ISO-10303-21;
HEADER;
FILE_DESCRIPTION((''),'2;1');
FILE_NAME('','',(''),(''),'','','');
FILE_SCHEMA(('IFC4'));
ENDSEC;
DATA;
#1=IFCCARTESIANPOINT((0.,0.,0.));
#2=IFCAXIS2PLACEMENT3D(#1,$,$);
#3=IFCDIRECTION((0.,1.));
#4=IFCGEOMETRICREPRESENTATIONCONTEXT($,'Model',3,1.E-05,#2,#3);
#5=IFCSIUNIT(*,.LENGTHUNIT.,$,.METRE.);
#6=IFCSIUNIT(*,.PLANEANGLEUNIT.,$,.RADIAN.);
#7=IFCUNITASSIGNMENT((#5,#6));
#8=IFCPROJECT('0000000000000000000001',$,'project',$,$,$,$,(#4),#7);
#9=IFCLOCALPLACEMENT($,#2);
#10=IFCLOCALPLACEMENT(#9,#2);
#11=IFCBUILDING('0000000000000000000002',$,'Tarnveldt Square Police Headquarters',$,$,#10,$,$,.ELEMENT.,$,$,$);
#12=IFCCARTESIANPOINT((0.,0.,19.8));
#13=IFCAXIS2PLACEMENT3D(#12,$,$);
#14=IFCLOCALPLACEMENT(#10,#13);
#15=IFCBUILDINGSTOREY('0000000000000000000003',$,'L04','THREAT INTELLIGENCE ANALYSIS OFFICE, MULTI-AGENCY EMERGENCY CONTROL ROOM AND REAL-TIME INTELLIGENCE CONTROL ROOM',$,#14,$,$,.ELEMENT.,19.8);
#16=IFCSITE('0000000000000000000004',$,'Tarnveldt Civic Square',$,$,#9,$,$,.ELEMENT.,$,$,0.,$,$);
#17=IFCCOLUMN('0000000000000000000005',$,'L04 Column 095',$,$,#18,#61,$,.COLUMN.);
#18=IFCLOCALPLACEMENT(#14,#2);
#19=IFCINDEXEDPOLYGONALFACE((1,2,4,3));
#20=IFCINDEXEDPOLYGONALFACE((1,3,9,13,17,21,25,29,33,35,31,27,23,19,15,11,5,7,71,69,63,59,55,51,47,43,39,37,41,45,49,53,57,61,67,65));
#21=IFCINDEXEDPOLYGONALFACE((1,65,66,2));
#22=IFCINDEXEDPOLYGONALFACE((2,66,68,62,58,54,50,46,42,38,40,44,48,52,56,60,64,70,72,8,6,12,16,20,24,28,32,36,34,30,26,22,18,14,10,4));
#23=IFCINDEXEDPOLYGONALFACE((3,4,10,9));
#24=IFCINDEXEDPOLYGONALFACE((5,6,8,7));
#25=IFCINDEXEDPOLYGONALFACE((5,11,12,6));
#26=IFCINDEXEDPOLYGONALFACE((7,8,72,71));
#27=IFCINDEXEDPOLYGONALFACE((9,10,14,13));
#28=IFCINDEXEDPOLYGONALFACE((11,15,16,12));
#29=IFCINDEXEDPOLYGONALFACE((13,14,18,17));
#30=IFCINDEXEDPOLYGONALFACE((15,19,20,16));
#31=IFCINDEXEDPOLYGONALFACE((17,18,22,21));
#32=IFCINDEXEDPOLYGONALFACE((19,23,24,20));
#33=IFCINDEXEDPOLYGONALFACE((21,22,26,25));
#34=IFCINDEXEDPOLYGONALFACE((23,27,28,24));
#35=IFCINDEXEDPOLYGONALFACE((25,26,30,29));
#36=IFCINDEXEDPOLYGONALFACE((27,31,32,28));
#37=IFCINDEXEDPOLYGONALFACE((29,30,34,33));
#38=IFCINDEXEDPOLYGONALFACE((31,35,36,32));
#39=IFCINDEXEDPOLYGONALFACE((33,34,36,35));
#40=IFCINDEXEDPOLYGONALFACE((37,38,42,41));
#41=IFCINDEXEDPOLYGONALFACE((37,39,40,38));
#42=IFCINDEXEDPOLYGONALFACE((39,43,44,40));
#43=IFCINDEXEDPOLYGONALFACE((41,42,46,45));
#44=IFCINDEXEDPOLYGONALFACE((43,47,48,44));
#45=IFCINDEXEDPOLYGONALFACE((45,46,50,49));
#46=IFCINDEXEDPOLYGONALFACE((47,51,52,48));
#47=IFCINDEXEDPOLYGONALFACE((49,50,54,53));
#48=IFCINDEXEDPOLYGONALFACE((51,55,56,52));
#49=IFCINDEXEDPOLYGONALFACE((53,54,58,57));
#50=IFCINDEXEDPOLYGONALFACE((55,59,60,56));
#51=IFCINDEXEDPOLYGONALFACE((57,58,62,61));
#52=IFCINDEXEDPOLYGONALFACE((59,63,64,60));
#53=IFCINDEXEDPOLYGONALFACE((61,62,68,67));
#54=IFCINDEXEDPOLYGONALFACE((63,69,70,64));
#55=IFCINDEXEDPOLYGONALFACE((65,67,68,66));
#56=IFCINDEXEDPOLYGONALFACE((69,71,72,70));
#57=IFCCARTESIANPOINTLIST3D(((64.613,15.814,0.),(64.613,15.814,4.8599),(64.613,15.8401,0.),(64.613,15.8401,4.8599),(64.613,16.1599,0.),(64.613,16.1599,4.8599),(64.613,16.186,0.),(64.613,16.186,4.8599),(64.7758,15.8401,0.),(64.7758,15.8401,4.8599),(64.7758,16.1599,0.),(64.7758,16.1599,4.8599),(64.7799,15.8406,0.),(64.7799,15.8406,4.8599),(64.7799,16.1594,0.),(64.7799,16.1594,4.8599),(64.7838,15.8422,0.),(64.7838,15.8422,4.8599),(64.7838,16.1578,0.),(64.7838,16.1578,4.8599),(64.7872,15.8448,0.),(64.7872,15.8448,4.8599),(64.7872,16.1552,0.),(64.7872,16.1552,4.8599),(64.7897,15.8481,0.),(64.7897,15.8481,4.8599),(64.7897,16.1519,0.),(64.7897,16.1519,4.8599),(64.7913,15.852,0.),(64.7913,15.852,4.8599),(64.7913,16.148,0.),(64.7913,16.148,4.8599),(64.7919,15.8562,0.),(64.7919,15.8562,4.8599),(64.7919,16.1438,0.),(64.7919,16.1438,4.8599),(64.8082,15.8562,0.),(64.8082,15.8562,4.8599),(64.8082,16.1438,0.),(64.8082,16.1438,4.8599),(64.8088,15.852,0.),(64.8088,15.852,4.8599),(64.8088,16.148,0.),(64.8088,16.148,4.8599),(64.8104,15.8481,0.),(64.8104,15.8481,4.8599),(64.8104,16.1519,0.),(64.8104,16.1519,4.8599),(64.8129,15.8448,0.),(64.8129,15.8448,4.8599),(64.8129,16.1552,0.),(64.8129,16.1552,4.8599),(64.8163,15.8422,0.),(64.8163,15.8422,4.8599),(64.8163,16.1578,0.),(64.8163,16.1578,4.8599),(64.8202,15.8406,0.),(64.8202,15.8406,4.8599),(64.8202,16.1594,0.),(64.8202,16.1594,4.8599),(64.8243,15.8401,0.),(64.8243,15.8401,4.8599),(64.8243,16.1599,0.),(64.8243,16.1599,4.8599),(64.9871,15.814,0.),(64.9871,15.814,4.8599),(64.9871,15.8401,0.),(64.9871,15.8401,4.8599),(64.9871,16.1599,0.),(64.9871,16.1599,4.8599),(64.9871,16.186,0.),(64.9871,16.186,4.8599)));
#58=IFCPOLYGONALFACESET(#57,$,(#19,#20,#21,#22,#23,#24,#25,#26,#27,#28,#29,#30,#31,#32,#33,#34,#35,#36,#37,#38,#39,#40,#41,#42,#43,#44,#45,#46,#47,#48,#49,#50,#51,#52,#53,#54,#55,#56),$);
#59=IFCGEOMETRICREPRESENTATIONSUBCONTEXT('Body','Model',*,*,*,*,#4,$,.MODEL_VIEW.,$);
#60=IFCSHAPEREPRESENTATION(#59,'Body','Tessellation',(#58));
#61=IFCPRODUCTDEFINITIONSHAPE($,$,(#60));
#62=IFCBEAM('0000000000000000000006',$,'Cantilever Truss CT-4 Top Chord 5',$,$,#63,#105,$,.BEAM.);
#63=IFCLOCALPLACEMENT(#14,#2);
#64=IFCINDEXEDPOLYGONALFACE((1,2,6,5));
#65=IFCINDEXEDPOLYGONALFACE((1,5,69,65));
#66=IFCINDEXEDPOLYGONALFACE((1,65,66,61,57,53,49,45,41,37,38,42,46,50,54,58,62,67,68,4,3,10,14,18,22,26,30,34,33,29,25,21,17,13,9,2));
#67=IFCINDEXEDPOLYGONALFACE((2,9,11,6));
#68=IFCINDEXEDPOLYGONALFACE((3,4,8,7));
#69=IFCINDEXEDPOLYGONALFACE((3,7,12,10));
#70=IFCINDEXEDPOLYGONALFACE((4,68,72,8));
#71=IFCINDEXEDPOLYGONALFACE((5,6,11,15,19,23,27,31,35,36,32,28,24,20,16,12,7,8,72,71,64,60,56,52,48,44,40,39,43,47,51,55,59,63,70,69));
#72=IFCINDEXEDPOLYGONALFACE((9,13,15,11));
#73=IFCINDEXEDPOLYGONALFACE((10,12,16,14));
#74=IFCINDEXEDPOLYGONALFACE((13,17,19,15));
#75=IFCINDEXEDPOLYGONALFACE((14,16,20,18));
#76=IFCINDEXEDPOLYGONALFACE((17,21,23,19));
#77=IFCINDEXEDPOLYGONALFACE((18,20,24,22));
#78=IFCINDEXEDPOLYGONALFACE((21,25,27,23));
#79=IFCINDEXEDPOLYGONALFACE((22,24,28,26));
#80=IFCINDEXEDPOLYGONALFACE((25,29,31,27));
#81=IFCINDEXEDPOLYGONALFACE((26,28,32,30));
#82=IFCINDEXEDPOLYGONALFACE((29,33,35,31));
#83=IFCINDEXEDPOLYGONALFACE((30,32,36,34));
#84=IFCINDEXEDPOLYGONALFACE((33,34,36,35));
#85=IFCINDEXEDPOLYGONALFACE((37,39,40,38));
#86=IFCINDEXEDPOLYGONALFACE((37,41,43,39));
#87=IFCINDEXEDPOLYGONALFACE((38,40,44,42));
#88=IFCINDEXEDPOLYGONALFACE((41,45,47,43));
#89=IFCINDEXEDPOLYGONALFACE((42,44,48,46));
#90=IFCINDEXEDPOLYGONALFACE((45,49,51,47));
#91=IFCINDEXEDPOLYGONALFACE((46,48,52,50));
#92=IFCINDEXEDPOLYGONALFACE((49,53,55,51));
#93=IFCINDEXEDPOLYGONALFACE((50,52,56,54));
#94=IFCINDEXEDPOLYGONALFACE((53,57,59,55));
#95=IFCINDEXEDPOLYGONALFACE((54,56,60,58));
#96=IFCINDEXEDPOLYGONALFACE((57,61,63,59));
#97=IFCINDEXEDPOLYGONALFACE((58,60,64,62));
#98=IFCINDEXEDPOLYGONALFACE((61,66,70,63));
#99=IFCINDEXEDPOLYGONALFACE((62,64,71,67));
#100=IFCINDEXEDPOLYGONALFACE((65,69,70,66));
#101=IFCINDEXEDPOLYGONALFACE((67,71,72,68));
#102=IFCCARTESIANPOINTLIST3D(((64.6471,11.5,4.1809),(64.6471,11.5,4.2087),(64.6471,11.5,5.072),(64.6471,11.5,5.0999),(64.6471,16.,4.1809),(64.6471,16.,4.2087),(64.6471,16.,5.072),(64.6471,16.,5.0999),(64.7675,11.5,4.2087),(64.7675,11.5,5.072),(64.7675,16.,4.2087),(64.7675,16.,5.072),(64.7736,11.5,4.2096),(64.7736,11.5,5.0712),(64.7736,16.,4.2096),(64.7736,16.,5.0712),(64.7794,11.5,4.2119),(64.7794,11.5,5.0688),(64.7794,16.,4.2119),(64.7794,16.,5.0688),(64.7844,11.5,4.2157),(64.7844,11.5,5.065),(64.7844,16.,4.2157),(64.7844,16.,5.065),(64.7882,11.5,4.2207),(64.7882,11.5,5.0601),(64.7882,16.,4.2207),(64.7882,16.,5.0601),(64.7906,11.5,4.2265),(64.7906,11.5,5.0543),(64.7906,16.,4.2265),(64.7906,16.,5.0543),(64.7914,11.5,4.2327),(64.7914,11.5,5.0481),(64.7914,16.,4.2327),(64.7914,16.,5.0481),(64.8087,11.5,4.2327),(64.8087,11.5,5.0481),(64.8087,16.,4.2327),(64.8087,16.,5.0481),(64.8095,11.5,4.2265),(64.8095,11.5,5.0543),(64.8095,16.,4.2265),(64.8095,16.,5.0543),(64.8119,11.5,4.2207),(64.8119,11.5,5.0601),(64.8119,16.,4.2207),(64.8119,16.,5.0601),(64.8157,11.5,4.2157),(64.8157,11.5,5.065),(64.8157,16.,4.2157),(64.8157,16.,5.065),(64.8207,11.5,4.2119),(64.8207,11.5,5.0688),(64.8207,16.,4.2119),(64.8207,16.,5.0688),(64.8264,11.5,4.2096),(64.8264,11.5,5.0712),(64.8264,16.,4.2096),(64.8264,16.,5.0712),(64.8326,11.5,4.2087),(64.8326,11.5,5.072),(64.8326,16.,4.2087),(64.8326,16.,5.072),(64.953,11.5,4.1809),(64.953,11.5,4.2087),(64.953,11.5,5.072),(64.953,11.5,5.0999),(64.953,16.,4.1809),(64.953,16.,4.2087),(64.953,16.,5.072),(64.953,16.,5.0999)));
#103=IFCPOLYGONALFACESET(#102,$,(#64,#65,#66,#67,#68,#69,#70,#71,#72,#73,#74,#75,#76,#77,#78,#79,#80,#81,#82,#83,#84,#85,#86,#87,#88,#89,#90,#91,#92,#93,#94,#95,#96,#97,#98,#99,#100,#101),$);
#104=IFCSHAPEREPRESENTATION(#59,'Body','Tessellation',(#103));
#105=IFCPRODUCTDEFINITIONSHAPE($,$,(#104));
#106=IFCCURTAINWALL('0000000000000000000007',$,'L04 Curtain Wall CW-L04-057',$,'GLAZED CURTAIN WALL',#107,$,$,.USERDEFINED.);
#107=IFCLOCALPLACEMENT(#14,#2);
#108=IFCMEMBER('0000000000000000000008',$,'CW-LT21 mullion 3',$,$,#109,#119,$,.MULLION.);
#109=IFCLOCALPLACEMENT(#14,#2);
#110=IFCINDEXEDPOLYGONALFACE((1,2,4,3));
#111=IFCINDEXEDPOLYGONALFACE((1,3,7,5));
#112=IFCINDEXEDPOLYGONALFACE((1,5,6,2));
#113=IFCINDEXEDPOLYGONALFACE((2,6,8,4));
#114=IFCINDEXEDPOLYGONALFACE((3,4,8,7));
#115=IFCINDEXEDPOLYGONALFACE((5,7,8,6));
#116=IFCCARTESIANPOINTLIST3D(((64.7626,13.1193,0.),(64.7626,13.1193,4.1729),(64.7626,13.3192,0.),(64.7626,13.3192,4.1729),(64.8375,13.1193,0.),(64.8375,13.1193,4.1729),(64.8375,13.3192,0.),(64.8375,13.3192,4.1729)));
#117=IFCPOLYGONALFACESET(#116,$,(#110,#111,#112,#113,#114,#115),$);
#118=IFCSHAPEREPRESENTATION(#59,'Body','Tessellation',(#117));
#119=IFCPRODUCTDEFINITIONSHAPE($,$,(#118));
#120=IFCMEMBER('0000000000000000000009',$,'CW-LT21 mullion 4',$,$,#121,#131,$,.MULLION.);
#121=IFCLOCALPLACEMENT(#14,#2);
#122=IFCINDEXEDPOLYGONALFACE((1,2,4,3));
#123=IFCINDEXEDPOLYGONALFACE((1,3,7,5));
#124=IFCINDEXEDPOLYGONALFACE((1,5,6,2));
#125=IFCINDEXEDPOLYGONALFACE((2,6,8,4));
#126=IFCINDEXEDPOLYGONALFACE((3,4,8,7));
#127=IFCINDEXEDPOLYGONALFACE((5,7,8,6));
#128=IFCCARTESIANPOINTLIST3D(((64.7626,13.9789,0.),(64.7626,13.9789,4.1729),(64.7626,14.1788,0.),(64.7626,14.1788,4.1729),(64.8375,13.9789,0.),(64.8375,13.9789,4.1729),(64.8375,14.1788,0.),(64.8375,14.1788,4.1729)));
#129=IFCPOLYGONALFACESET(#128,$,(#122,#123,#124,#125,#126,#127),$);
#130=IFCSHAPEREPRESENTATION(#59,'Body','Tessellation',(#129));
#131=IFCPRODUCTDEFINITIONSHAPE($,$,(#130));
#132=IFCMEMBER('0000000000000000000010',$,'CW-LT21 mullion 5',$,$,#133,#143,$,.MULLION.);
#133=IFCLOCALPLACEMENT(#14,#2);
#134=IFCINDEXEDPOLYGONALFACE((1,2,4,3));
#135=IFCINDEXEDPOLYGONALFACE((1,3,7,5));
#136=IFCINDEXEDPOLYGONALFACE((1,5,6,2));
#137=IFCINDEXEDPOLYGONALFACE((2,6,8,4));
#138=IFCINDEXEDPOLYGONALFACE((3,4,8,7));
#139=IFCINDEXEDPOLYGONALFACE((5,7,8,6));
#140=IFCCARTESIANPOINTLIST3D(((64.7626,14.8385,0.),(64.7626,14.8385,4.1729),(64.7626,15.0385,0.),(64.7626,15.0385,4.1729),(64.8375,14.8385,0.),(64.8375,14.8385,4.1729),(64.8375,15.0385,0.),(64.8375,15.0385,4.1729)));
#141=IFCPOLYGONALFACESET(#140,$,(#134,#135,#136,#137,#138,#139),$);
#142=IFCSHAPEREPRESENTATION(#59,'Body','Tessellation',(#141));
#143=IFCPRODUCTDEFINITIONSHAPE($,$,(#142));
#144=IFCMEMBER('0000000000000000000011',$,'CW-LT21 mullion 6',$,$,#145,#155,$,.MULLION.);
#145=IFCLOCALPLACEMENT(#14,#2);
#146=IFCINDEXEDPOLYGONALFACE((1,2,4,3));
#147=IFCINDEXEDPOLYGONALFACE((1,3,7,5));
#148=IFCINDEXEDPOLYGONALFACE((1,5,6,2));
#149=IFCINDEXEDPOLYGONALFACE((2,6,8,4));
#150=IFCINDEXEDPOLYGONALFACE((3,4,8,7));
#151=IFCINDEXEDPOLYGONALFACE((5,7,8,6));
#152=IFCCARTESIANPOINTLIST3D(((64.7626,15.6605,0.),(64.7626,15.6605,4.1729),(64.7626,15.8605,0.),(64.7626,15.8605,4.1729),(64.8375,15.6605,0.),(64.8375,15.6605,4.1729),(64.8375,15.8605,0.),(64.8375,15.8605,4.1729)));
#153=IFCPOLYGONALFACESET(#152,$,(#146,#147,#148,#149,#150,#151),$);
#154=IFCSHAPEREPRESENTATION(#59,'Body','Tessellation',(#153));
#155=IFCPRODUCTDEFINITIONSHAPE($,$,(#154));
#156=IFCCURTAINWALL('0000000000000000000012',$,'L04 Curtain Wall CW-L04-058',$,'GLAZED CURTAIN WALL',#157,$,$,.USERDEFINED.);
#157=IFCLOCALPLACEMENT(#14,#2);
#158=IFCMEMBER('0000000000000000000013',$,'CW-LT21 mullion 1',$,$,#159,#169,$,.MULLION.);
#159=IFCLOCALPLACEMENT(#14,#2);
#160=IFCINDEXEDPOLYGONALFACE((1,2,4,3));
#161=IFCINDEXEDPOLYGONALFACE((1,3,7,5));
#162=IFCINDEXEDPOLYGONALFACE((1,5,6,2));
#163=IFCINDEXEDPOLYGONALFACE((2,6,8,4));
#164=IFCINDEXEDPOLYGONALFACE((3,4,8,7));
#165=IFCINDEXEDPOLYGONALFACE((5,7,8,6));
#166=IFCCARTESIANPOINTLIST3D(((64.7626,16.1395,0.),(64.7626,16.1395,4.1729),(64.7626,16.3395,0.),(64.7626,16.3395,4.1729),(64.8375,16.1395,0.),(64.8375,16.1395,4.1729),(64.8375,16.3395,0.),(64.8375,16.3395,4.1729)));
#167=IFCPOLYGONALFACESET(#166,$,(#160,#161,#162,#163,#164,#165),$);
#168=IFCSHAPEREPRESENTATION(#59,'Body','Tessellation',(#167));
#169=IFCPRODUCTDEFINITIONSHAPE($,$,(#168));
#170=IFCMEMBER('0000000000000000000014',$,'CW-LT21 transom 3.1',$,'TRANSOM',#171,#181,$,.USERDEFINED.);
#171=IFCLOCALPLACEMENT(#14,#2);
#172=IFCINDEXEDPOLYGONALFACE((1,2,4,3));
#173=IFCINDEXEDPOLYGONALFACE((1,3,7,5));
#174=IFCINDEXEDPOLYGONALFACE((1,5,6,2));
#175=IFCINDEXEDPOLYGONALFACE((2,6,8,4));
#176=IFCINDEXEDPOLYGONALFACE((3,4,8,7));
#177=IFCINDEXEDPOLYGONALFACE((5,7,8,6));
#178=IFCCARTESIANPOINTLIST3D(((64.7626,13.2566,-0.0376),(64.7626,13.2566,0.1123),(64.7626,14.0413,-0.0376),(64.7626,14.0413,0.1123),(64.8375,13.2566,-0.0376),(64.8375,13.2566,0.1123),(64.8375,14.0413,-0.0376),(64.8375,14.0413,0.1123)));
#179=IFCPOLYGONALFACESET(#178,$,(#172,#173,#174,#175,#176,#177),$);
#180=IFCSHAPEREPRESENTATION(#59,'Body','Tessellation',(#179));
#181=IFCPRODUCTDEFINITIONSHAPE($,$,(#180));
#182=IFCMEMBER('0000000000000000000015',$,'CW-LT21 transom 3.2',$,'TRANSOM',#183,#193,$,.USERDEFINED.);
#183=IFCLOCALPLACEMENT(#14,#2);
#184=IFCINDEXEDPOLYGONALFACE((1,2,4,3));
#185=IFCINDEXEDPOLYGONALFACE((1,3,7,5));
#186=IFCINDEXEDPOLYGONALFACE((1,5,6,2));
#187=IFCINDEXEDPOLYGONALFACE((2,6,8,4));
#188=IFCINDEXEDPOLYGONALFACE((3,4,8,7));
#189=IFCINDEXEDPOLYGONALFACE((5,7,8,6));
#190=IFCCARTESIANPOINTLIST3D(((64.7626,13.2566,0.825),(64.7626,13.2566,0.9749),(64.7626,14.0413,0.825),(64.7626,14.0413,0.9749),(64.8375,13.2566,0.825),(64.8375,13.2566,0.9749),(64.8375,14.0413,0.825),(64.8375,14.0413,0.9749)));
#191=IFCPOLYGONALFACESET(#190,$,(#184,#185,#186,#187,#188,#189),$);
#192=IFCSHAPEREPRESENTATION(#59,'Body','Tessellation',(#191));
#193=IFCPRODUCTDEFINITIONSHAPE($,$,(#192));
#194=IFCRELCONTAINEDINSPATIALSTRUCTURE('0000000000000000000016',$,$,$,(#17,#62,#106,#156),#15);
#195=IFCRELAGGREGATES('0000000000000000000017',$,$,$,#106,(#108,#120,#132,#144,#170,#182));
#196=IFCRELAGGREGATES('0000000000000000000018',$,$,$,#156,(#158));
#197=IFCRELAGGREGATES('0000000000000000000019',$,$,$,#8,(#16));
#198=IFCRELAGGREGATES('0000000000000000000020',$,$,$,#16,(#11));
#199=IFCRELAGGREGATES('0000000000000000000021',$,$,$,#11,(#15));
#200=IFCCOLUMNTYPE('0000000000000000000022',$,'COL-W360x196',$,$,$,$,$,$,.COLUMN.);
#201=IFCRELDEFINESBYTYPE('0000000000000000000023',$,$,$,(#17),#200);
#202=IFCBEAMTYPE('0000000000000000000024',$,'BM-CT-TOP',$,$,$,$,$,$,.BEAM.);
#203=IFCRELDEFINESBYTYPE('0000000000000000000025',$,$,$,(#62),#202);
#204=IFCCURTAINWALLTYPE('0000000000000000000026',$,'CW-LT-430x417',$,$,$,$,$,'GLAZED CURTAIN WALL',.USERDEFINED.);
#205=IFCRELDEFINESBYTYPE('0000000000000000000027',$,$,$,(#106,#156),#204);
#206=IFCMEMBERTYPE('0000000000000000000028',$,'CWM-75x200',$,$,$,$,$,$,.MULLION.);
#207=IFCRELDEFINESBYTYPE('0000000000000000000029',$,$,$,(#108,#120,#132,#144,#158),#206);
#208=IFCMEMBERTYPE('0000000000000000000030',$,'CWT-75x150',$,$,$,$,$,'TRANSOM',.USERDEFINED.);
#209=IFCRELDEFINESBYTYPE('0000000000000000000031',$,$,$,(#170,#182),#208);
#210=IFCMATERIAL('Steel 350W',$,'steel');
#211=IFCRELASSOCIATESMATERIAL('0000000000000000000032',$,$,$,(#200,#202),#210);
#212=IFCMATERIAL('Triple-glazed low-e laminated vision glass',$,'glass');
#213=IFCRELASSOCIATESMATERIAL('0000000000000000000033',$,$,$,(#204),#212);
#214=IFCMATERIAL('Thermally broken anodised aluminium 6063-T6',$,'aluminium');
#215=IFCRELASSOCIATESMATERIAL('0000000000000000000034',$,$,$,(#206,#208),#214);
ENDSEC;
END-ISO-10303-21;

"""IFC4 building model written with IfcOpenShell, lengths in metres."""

from ifc_helpers import new_model, si_unit, direction, frame, origin, origin_2d, place, context, subcontext, project, spatial, rectangle, i_section, extrude, material, material_profile, profile_set, type_object, element, aggregate, save


model = new_model("IFC4")

# Units and contexts
model_context = context("Model", 3, precision=1e-05, world=origin(), true_north=direction((0.0, 1.0)))
body_context = subcontext(model_context, "Body", "Model", "MODEL_VIEW")
ifc_project = project(units=[si_unit("LENGTHUNIT", "METRE"), si_unit("PLANEANGLEUNIT", "RADIAN")], contexts=[model_context])

# Site, building, storey
site_placement = place(None, origin())
site = spatial("IfcSite", under=ifc_project, at=site_placement, Name="Tarnveldt Civic Square", CompositionType="ELEMENT", RefElevation=0.0)
building_placement = place(site_placement, origin())
building = spatial("IfcBuilding", under=site, at=building_placement, Name="Tarnveldt Square Police Headquarters", CompositionType="ELEMENT")
storey_placement = place(building_placement, frame((0.0, 0.0, 19.8)))
storey = spatial("IfcBuildingStorey", under=building, at=storey_placement, Name="L04", Description="THREAT INTELLIGENCE ANALYSIS OFFICE, MULTI-AGENCY EMERGENCY CONTROL ROOM AND REAL-TIME INTELLIGENCE CONTROL ROOM", CompositionType="ELEMENT", Elevation=19.8)

# Column
ifc_material_1 = material(Name="Steel 350W", Category="steel")
ifc_material_profile_1 = material_profile(ifc_material_1, i_section(OverallWidth=0.374, OverallDepth=0.3721, WebThickness=0.0164, FlangeThickness=0.0261, FilletRadius=0.0161, at=origin_2d()), Name="W360x196")
ifc_profile_set_1 = profile_set([ifc_material_profile_1], Name="Steel 350W")
column_type = type_object("IfcColumnType", Name="COL-W360x196", PredefinedType="COLUMN", material=ifc_profile_set_1)
column_placement = place(storey_placement, frame((64.8, 16.0, 0.0), z_axis=(0.0, 0.0, 1.0), x_axis=(1.0, 0.0, 0.0)))
element("IfcColumn", 1, at=column_placement, inside=storey, type_object=column_type, Name="L04 Column 095", PredefinedType="COLUMN", context=body_context, shape_type="SweptSolid", body=[
    extrude(i_section(OverallWidth=0.374, OverallDepth=0.3721, WebThickness=0.0164, FlangeThickness=0.0261, FilletRadius=0.0161, at=origin_2d()), origin(), (0.0, 0.0, 1.0), 4.8599),
])

# Beam
ifc_material_profile_2 = material_profile(ifc_material_1, i_section(OverallWidth=0.3059, OverallDepth=0.9189, WebThickness=0.0173, FlangeThickness=0.0278, FilletRadius=0.0239, at=origin_2d()), Name="W920x253")
ifc_profile_set_2 = profile_set([ifc_material_profile_2], Name="Steel 350W")
beam_type = type_object("IfcBeamType", Name="BM-CT-TOP", PredefinedType="BEAM", material=ifc_profile_set_2)
beam_placement = place(storey_placement, frame((64.8, 16.0, 4.6404), z_axis=(0.0, -1.0, 0.0), x_axis=(1.0, 0.0, 0.0)))
element("IfcBeam", 2, at=beam_placement, inside=storey, type_object=beam_type, Name="Cantilever Truss CT-4 Top Chord 5", PredefinedType="BEAM", context=body_context, shape_type="SweptSolid", body=[
    extrude(i_section(OverallWidth=0.3059, OverallDepth=0.9189, WebThickness=0.0173, FlangeThickness=0.0278, FilletRadius=0.0239, at=origin_2d()), origin(), (0.0, 0.0, 1.0), 4.5),
])

# Curtain wall, members
ifc_material_2 = material(Name="Triple-glazed low-e laminated vision glass", Category="glass")
curtain_wall_type = type_object("IfcCurtainWallType", Name="CW-LT-430x417", ElementType="GLAZED CURTAIN WALL", PredefinedType="USERDEFINED", material=ifc_material_2)
curtain_wall_1_placement = place(storey_placement, origin())
curtain_wall_1 = element("IfcCurtainWall", 3, at=curtain_wall_1_placement, inside=storey, type_object=curtain_wall_type, Name="L04 Curtain Wall CW-L04-057", ObjectType="GLAZED CURTAIN WALL", PredefinedType="USERDEFINED")
ifc_material_3 = material(Name="Thermally broken anodised aluminium 6063-T6", Category="aluminium")
ifc_material_profile_3 = material_profile(ifc_material_3, rectangle(XDim=0.075, YDim=0.2, at=origin_2d()), Name="CW-M75x200")
ifc_profile_set_3 = profile_set([ifc_material_profile_3], Name="Thermally broken anodised aluminium 6063-T6")
member_type_1 = type_object("IfcMemberType", Name="CWM-75x200", PredefinedType="MULLION", material=ifc_profile_set_3)
member_1_placement = place(storey_placement, frame((64.8, 13.2192, 0.0), z_axis=(0.0, 0.0, 1.0), x_axis=(-1.0, 0.0, 0.0)))
member_1 = element("IfcMember", 4, at=member_1_placement, type_object=member_type_1, Name="CW-LT21 mullion 3", PredefinedType="MULLION", context=body_context, shape_type="SweptSolid", body=[
    extrude(rectangle(XDim=0.075, YDim=0.2, at=origin_2d()), origin(), (0.0, 0.0, 1.0), 4.1729),
])
member_2_placement = place(storey_placement, frame((64.8, 14.0789, 0.0), z_axis=(0.0, 0.0, 1.0), x_axis=(-1.0, 0.0, 0.0)))
member_2 = element("IfcMember", 5, at=member_2_placement, type_object=member_type_1, Name="CW-LT21 mullion 4", PredefinedType="MULLION", context=body_context, shape_type="SweptSolid", body=[
    extrude(rectangle(XDim=0.075, YDim=0.2, at=origin_2d()), origin(), (0.0, 0.0, 1.0), 4.1729),
])
member_3_placement = place(storey_placement, frame((64.8, 14.9385, 0.0), z_axis=(0.0, 0.0, 1.0), x_axis=(-1.0, 0.0, 0.0)))
member_3 = element("IfcMember", 6, at=member_3_placement, type_object=member_type_1, Name="CW-LT21 mullion 5", PredefinedType="MULLION", context=body_context, shape_type="SweptSolid", body=[
    extrude(rectangle(XDim=0.075, YDim=0.2, at=origin_2d()), origin(), (0.0, 0.0, 1.0), 4.1729),
])
member_4_placement = place(storey_placement, frame((64.8, 15.7605, 0.0), z_axis=(0.0, 0.0, 1.0), x_axis=(-1.0, 0.0, 0.0)))
member_4 = element("IfcMember", 7, at=member_4_placement, type_object=member_type_1, Name="CW-LT21 mullion 6", PredefinedType="MULLION", context=body_context, shape_type="SweptSolid", body=[
    extrude(rectangle(XDim=0.075, YDim=0.2, at=origin_2d()), origin(), (0.0, 0.0, 1.0), 4.1729),
])

# Curtain wall, member
curtain_wall_2_placement = place(storey_placement, origin())
curtain_wall_2 = element("IfcCurtainWall", 8, at=curtain_wall_2_placement, inside=storey, type_object=curtain_wall_type, Name="L04 Curtain Wall CW-L04-058", ObjectType="GLAZED CURTAIN WALL", PredefinedType="USERDEFINED")
member_5_placement = place(storey_placement, frame((64.8, 16.2395, 0.0), z_axis=(0.0, 0.0, 1.0), x_axis=(-1.0, 0.0, 0.0)))
member_5 = element("IfcMember", 9, at=member_5_placement, type_object=member_type_1, Name="CW-LT21 mullion 1", PredefinedType="MULLION", context=body_context, shape_type="SweptSolid", body=[
    extrude(rectangle(XDim=0.075, YDim=0.2, at=origin_2d()), origin(), (0.0, 0.0, 1.0), 4.1729),
])

# Members
ifc_material_profile_4 = material_profile(ifc_material_3, rectangle(XDim=0.075, YDim=0.1499, at=origin_2d()), Name="CW-T75x150")
ifc_profile_set_4 = profile_set([ifc_material_profile_4], Name="Thermally broken anodised aluminium 6063-T6")
member_type_2 = type_object("IfcMemberType", Name="CWT-75x150", ElementType="TRANSOM", PredefinedType="USERDEFINED", material=ifc_profile_set_4)
member_6_placement = place(storey_placement, frame((64.8, 13.2566, 0.0374), z_axis=(0.0, 1.0, 0.0), x_axis=(-1.0, 0.0, 0.0)))
member_6 = element("IfcMember", 10, at=member_6_placement, type_object=member_type_2, Name="CW-LT21 transom 3.1", ObjectType="TRANSOM", PredefinedType="USERDEFINED", context=body_context, shape_type="SweptSolid", body=[
    extrude(rectangle(XDim=0.075, YDim=0.1499, at=origin_2d()), origin(), (0.0, 0.0, 1.0), 0.7847),
])
member_7_placement = place(storey_placement, frame((64.8, 13.2566, 0.8999), z_axis=(0.0, 1.0, 0.0), x_axis=(-1.0, 0.0, 0.0)))
member_7 = element("IfcMember", 11, at=member_7_placement, type_object=member_type_2, Name="CW-LT21 transom 3.2", ObjectType="TRANSOM", PredefinedType="USERDEFINED", context=body_context, shape_type="SweptSolid", body=[
    extrude(rectangle(XDim=0.075, YDim=0.1499, at=origin_2d()), origin(), (0.0, 0.0, 1.0), 0.7847),
])

aggregate(curtain_wall_1, [member_1, member_2, member_3, member_4, member_6, member_7])
aggregate(curtain_wall_2, [member_5])

save(model, "model.ifc")
